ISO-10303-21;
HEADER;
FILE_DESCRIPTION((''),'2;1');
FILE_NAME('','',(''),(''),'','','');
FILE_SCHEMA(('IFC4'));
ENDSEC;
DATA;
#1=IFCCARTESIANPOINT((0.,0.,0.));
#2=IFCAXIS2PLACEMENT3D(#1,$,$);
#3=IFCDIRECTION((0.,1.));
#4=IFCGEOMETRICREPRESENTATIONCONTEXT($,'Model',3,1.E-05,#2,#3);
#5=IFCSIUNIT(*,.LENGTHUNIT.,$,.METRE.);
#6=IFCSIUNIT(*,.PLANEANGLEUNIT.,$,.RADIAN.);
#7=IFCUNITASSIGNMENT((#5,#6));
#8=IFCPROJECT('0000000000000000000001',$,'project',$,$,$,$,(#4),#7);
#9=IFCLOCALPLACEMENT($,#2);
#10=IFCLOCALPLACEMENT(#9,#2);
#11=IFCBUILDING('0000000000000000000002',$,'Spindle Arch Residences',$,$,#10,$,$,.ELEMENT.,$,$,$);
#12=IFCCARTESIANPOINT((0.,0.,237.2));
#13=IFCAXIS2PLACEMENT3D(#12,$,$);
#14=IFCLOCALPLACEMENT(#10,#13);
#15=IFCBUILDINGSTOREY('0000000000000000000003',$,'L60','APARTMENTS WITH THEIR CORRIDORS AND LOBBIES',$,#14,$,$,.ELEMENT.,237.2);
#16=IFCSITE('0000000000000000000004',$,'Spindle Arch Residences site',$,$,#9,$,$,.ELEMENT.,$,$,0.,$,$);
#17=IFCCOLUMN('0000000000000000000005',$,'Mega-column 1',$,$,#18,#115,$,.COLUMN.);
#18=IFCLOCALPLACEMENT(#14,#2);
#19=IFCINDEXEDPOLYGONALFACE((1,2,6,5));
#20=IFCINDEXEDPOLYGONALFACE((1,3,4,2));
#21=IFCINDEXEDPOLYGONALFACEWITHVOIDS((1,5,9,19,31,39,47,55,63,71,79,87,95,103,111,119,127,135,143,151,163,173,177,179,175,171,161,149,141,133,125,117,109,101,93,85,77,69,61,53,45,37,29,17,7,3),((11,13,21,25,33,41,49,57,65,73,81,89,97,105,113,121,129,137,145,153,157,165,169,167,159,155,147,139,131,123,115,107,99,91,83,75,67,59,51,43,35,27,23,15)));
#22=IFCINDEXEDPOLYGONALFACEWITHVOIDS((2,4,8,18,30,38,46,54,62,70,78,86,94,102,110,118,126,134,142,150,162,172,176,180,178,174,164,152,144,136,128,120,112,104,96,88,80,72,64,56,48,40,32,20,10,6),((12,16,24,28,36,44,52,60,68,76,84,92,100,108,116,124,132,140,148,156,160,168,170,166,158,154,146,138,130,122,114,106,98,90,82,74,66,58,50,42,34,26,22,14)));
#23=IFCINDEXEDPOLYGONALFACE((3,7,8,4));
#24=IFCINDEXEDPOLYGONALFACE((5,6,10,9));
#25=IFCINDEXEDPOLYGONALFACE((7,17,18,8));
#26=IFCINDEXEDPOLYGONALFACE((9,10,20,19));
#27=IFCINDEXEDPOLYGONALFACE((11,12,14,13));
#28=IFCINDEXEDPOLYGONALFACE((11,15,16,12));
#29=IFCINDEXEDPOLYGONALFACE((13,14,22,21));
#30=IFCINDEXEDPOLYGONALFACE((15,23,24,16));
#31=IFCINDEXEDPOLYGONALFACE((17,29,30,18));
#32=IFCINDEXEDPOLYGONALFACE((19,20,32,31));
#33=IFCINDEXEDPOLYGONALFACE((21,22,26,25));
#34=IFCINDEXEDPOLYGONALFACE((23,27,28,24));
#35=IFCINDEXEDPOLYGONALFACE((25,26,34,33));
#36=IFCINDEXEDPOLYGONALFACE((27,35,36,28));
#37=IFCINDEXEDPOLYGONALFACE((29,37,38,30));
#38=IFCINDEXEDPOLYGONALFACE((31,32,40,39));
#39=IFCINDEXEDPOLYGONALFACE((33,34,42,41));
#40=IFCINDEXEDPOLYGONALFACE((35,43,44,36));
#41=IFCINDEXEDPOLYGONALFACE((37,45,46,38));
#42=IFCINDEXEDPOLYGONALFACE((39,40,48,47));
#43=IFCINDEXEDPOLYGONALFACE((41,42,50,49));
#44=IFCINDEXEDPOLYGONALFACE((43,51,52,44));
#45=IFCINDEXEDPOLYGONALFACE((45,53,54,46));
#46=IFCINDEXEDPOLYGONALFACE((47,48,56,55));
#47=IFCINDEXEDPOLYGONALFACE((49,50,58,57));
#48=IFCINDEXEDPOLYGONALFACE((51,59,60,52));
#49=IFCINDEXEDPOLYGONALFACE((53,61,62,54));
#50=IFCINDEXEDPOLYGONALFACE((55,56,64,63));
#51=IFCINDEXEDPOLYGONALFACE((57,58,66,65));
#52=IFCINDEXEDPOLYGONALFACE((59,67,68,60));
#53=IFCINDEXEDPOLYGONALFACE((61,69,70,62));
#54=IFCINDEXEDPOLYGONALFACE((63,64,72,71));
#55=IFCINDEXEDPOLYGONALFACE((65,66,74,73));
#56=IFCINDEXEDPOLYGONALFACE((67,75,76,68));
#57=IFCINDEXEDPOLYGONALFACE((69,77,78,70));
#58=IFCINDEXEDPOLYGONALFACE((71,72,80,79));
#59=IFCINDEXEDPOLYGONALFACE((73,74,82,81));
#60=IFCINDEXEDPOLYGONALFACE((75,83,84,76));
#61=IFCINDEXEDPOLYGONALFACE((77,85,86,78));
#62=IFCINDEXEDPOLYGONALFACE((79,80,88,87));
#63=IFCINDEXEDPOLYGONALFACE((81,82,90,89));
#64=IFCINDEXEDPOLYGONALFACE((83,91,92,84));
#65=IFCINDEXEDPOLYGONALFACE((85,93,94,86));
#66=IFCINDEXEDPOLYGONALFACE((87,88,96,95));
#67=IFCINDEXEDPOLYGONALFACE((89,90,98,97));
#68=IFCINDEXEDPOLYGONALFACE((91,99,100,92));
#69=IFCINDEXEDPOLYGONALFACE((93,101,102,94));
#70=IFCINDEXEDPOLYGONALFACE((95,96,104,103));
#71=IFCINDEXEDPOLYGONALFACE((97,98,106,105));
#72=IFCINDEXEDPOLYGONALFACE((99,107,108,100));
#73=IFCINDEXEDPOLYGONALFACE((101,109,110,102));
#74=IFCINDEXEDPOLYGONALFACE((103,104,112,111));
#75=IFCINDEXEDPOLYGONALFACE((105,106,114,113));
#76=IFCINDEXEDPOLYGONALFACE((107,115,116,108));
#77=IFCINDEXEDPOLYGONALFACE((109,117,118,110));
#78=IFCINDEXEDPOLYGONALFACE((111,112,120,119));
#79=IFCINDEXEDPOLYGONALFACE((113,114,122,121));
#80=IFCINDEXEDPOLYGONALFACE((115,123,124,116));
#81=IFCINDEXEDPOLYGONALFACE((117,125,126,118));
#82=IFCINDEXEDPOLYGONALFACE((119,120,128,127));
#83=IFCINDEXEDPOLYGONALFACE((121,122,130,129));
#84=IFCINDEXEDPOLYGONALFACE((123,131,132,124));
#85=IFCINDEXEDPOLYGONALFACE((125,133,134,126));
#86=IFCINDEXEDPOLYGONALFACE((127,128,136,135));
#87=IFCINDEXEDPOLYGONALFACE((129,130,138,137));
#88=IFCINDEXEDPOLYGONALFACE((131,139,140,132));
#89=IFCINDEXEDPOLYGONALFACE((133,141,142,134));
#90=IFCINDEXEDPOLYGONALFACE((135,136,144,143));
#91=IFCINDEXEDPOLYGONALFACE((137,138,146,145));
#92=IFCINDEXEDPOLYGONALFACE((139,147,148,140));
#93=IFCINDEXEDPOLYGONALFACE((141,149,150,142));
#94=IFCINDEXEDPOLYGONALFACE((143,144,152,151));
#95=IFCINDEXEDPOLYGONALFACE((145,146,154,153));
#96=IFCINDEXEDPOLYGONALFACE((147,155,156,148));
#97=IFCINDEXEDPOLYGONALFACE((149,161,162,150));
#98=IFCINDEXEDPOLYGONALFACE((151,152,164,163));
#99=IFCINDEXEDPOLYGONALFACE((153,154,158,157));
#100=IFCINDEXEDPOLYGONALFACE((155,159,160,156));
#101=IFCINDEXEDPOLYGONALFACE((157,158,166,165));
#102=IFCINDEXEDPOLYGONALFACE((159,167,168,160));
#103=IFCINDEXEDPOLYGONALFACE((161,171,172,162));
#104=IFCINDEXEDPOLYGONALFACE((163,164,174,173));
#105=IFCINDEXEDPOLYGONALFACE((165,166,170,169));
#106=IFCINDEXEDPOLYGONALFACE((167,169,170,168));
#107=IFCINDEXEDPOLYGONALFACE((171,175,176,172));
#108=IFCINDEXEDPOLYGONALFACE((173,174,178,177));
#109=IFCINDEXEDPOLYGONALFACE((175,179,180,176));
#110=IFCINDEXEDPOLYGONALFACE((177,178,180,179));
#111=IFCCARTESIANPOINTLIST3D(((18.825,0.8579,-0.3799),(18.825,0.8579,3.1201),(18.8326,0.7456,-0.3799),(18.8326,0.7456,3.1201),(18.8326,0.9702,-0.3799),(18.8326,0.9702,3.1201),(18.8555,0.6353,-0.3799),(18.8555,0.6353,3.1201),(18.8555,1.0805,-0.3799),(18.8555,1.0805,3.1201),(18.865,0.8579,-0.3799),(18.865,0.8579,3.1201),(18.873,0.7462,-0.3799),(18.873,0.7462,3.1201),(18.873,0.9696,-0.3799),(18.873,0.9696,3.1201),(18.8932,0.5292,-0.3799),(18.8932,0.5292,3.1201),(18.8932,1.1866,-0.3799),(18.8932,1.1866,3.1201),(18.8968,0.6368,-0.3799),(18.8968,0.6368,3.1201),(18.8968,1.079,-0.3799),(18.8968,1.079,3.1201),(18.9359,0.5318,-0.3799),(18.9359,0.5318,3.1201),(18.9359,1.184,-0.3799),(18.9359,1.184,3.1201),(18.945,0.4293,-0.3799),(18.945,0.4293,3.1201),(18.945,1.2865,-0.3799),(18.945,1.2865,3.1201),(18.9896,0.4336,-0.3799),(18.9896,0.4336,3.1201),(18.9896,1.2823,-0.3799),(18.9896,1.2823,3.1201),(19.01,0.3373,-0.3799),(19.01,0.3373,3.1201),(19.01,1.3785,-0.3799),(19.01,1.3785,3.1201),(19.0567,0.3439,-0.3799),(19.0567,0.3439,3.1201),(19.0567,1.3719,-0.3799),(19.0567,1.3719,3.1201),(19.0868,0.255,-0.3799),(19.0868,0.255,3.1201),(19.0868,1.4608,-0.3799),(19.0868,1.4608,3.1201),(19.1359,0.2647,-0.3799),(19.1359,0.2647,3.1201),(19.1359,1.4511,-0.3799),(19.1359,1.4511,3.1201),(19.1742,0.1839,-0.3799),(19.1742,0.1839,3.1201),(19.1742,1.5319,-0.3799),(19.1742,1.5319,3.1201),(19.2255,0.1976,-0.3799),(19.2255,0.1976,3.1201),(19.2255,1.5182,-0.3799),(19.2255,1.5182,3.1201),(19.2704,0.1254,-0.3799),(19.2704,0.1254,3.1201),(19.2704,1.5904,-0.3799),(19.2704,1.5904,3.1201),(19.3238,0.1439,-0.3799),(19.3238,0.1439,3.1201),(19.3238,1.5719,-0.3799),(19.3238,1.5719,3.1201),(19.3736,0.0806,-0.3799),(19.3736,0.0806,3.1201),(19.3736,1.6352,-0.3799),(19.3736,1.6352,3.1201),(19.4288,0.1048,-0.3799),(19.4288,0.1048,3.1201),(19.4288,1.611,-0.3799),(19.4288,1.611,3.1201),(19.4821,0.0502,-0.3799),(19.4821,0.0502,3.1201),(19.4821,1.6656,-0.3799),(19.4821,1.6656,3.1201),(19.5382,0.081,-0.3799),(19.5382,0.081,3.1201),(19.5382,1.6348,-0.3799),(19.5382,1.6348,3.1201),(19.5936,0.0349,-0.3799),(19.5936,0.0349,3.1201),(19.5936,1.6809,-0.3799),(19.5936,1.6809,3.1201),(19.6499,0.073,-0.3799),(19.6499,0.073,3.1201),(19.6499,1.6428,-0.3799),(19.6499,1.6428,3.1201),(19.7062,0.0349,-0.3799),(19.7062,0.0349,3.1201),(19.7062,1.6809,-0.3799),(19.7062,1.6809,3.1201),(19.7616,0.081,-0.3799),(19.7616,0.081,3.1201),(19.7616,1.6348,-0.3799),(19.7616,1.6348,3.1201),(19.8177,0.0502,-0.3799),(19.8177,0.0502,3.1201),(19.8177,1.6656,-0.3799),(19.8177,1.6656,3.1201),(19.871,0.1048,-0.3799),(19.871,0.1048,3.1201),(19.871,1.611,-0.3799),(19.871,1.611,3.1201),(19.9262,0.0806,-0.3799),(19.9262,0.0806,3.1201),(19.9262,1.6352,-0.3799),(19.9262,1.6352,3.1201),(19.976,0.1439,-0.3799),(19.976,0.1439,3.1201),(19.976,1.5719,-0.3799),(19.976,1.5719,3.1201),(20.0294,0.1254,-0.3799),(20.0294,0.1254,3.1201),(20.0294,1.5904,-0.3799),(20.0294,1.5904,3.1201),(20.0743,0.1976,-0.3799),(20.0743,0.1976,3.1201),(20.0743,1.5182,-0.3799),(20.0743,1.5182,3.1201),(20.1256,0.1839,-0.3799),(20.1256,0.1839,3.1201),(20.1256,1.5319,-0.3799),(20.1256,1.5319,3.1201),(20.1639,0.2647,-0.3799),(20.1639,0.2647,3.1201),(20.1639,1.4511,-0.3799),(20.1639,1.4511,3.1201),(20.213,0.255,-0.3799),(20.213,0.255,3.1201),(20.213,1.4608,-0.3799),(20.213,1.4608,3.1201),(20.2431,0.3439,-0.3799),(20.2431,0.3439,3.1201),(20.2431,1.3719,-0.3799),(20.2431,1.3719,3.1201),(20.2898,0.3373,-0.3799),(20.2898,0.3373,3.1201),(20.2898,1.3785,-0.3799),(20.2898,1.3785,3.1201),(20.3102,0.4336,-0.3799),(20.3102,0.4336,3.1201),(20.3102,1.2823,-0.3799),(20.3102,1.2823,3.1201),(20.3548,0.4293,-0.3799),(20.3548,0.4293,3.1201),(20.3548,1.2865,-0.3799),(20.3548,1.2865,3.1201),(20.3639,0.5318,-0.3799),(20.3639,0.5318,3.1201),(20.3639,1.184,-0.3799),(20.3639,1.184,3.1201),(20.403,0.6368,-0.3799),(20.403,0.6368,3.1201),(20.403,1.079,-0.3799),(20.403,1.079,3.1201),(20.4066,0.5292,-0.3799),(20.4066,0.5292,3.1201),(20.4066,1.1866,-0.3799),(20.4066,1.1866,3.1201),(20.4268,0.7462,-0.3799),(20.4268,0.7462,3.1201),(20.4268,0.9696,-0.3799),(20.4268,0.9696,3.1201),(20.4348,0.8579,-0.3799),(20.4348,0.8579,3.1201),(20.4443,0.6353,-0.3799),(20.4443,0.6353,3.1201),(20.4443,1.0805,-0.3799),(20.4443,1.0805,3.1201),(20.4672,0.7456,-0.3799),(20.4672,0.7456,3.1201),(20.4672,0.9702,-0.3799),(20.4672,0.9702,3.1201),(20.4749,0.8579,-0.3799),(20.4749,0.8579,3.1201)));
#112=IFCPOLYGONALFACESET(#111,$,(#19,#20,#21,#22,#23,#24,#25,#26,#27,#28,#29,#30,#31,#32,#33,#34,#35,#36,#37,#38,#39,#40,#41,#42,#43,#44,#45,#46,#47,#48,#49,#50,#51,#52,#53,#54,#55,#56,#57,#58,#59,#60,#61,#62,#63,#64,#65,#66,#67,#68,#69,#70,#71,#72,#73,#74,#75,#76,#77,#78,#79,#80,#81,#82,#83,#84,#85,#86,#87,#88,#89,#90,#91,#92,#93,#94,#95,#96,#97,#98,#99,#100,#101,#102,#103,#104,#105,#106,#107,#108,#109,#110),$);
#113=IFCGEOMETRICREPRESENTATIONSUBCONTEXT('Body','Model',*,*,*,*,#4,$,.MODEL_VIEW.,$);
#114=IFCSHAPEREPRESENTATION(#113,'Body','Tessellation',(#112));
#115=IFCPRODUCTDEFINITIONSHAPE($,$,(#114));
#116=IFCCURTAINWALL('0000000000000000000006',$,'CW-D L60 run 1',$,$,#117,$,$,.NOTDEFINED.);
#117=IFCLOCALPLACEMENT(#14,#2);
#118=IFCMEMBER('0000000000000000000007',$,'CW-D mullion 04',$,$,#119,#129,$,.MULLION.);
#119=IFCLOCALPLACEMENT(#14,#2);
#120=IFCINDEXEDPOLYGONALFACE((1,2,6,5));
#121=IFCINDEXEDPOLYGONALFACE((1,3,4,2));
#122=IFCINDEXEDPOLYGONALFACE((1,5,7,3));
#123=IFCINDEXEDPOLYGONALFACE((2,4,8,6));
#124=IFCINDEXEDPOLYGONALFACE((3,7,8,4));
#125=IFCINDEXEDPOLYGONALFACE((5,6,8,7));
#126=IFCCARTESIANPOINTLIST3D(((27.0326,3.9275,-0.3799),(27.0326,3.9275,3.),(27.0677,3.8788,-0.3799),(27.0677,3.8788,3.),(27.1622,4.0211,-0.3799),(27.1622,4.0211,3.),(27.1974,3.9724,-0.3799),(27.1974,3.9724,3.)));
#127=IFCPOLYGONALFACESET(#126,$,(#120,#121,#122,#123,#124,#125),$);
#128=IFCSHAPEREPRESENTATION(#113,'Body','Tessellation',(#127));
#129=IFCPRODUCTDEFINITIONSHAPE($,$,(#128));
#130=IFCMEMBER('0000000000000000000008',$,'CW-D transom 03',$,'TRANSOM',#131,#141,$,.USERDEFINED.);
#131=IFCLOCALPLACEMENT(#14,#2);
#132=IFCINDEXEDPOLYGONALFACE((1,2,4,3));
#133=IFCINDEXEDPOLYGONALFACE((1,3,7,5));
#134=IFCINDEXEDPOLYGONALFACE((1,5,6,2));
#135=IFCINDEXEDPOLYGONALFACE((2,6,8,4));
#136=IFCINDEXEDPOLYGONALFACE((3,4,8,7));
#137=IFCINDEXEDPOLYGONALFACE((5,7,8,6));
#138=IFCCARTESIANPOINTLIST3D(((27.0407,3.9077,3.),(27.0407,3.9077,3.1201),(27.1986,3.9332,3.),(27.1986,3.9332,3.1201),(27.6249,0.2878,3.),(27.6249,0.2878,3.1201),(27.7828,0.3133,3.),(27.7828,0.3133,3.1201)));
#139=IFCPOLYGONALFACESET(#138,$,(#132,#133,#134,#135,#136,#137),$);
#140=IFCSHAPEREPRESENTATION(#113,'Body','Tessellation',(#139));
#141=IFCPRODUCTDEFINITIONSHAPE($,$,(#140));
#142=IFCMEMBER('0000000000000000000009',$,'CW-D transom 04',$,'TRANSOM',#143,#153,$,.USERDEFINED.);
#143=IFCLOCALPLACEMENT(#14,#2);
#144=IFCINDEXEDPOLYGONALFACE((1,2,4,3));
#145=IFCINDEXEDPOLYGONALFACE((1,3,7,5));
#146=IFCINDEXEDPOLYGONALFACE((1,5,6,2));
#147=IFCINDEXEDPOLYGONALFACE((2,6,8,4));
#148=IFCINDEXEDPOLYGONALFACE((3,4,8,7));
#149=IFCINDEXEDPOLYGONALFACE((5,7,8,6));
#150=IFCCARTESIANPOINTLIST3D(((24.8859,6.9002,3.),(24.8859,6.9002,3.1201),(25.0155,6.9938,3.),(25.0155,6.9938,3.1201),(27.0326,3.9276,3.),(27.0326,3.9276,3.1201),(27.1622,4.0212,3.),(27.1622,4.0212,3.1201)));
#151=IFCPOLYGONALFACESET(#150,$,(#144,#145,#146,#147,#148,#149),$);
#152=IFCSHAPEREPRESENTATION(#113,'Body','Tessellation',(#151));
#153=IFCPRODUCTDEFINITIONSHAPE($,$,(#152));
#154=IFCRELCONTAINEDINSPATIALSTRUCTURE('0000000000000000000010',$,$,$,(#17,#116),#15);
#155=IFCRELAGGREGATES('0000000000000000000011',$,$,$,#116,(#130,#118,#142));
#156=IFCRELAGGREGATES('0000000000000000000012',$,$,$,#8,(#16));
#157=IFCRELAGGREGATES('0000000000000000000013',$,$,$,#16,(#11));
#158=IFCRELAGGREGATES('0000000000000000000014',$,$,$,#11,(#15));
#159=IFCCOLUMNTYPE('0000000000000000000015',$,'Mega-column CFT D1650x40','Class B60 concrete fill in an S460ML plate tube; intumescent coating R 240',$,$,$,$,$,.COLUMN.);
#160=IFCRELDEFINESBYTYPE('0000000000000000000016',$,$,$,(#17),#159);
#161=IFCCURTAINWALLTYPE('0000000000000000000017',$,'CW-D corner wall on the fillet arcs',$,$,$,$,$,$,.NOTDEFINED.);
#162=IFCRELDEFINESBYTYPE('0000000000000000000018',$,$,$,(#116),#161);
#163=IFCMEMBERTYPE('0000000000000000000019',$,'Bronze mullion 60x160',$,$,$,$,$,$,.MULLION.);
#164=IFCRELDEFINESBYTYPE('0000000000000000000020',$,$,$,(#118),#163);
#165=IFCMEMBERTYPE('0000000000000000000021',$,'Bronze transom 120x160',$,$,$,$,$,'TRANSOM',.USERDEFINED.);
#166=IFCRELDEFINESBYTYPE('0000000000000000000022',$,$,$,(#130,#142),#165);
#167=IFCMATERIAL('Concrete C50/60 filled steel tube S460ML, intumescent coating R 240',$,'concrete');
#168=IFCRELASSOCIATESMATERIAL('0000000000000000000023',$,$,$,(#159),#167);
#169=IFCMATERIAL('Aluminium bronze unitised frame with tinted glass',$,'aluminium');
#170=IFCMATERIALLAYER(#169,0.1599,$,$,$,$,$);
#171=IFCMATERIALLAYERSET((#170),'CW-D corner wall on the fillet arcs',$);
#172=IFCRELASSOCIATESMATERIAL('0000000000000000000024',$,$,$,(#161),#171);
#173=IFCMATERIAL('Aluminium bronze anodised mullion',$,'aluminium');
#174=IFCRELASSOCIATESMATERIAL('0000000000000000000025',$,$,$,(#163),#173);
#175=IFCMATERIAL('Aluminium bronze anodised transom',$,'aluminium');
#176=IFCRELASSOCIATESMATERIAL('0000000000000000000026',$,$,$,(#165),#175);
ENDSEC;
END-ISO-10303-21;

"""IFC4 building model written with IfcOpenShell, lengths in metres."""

from ifc_helpers import new_model, si_unit, direction, frame, origin, origin_2d, place, context, subcontext, project, spatial, rectangle, hollow_circle, extrude, material, layer, layer_set, material_profile, profile_set, type_object, element, aggregate, save


model = new_model("IFC4")

# Units and contexts
model_context = context("Model", 3, precision=1e-05, world=origin(), true_north=direction((0.0, 1.0)))
body_context = subcontext(model_context, "Body", "Model", "MODEL_VIEW")
ifc_project = project(units=[si_unit("LENGTHUNIT", "METRE"), si_unit("PLANEANGLEUNIT", "RADIAN")], contexts=[model_context])

# Site, building, storey
site_placement = place(None, origin())
site = spatial("IfcSite", under=ifc_project, at=site_placement, Name="Spindle Arch Residences site", CompositionType="ELEMENT", RefElevation=0.0)
building_placement = place(site_placement, origin())
building = spatial("IfcBuilding", under=site, at=building_placement, Name="Spindle Arch Residences", CompositionType="ELEMENT")
storey_placement = place(building_placement, frame((0.0, 0.0, 237.2)))
storey = spatial("IfcBuildingStorey", under=building, at=storey_placement, Name="L60", Description="APARTMENTS WITH THEIR CORRIDORS AND LOBBIES", CompositionType="ELEMENT", Elevation=237.2)

# Column
ifc_material_1 = material(Name="Concrete C50/60 filled steel tube S460ML, intumescent coating R 240", Category="concrete")
ifc_material_profile_1 = material_profile(ifc_material_1, hollow_circle(Radius=0.825, WallThickness=0.04, at=origin_2d()), Name="CFT D1650x40")
ifc_profile_set_1 = profile_set([ifc_material_profile_1], Name="Concrete C50/60 filled steel tube S460ML, intumescent coating R 240")
column_type = type_object("IfcColumnType", Name="Mega-column CFT D1650x40", Description="Class B60 concrete fill in an S460ML plate tube; intumescent coating R 240", PredefinedType="COLUMN", material=ifc_profile_set_1)
column_placement = place(storey_placement, frame((19.6499, 0.8579, -0.3799), z_axis=(0.0, 0.0, 1.0), x_axis=(1.0, 0.0, 0.0)))
element("IfcColumn", 1, at=column_placement, inside=storey, type_object=column_type, Name="Mega-column 1", PredefinedType="COLUMN", context=body_context, shape_type="SweptSolid", body=[
    extrude(hollow_circle(Radius=0.825, WallThickness=0.04, at=origin_2d()), origin(), (0.0, 0.0, 1.0), 3.5),
])

# Curtain wall, members
ifc_material_2 = material(Name="Aluminium bronze unitised frame with tinted glass", Category="aluminium")
ifc_layer_1 = layer(ifc_material_2, 0.1599)
ifc_layer_set_1 = layer_set([ifc_layer_1], Name="CW-D corner wall on the fillet arcs")
curtain_wall_type = type_object("IfcCurtainWallType", Name="CW-D corner wall on the fillet arcs", PredefinedType="NOTDEFINED", material=ifc_layer_set_1)
curtain_wall_placement = place(storey_placement, origin())
curtain_wall = element("IfcCurtainWall", 2, at=curtain_wall_placement, inside=storey, type_object=curtain_wall_type, Name="CW-D L60 run 1", PredefinedType="NOTDEFINED")
ifc_material_3 = material(Name="Aluminium bronze anodised mullion", Category="aluminium")
ifc_material_profile_2 = material_profile(ifc_material_3, rectangle(XDim=0.1599, YDim=0.0601, at=origin_2d()), Name="MU 60x160")
ifc_profile_set_2 = profile_set([ifc_material_profile_2], Name="Aluminium bronze anodised mullion")
member_type_1 = type_object("IfcMemberType", Name="Bronze mullion 60x160", PredefinedType="MULLION", material=ifc_profile_set_2)
member_1_placement = place(storey_placement, frame((27.115, 3.95, -0.3799), z_axis=(0.0, 0.0, 1.0), x_axis=(-0.810723, -0.585429, 0.0)))
member_1 = element("IfcMember", 3, at=member_1_placement, type_object=member_type_1, Name="CW-D mullion 04", PredefinedType="MULLION", context=body_context, shape_type="SweptSolid", body=[
    extrude(rectangle(XDim=0.1599, YDim=0.0601, at=origin_2d()), origin(), (0.0, 0.0, 1.0), 3.3799),
])
ifc_material_4 = material(Name="Aluminium bronze anodised transom", Category="aluminium")
ifc_material_profile_3 = material_profile(ifc_material_4, rectangle(XDim=0.1599, YDim=0.1201, at=origin_2d()), Name="TR 120x160")
ifc_profile_set_3 = profile_set([ifc_material_profile_3], Name="Aluminium bronze anodised transom")
member_type_2 = type_object("IfcMemberType", Name="Bronze transom 120x160", ElementType="TRANSOM", PredefinedType="USERDEFINED", material=ifc_profile_set_3)
member_2_placement = place(storey_placement, frame((27.7039, 0.3005, 3.0601), z_axis=(-0.159333, 0.987225, 0.0), x_axis=(-0.987225, -0.159333, 0.0)))
member_2 = element("IfcMember", 4, at=member_2_placement, type_object=member_type_2, Name="CW-D transom 03", ObjectType="TRANSOM", PredefinedType="USERDEFINED", context=body_context, shape_type="SweptSolid", body=[
    extrude(rectangle(XDim=0.1599, YDim=0.1201, at=origin_2d()), origin(), (0.0, 0.0, 1.0), 3.6667),
])
member_3_placement = place(storey_placement, frame((27.0974, 3.9744, 3.0601), z_axis=(-0.585457, 0.810704, 0.0), x_axis=(-0.810704, -0.585457, 0.0)))
member_3 = element("IfcMember", 5, at=member_3_placement, type_object=member_type_2, Name="CW-D transom 04", ObjectType="TRANSOM", PredefinedType="USERDEFINED", context=body_context, shape_type="SweptSolid", body=[
    extrude(rectangle(XDim=0.1599, YDim=0.1201, at=origin_2d()), origin(), (0.0, 0.0, 1.0), 3.6667),
])

aggregate(curtain_wall, [member_2, member_1, member_3])

save(model, "model.ifc")
